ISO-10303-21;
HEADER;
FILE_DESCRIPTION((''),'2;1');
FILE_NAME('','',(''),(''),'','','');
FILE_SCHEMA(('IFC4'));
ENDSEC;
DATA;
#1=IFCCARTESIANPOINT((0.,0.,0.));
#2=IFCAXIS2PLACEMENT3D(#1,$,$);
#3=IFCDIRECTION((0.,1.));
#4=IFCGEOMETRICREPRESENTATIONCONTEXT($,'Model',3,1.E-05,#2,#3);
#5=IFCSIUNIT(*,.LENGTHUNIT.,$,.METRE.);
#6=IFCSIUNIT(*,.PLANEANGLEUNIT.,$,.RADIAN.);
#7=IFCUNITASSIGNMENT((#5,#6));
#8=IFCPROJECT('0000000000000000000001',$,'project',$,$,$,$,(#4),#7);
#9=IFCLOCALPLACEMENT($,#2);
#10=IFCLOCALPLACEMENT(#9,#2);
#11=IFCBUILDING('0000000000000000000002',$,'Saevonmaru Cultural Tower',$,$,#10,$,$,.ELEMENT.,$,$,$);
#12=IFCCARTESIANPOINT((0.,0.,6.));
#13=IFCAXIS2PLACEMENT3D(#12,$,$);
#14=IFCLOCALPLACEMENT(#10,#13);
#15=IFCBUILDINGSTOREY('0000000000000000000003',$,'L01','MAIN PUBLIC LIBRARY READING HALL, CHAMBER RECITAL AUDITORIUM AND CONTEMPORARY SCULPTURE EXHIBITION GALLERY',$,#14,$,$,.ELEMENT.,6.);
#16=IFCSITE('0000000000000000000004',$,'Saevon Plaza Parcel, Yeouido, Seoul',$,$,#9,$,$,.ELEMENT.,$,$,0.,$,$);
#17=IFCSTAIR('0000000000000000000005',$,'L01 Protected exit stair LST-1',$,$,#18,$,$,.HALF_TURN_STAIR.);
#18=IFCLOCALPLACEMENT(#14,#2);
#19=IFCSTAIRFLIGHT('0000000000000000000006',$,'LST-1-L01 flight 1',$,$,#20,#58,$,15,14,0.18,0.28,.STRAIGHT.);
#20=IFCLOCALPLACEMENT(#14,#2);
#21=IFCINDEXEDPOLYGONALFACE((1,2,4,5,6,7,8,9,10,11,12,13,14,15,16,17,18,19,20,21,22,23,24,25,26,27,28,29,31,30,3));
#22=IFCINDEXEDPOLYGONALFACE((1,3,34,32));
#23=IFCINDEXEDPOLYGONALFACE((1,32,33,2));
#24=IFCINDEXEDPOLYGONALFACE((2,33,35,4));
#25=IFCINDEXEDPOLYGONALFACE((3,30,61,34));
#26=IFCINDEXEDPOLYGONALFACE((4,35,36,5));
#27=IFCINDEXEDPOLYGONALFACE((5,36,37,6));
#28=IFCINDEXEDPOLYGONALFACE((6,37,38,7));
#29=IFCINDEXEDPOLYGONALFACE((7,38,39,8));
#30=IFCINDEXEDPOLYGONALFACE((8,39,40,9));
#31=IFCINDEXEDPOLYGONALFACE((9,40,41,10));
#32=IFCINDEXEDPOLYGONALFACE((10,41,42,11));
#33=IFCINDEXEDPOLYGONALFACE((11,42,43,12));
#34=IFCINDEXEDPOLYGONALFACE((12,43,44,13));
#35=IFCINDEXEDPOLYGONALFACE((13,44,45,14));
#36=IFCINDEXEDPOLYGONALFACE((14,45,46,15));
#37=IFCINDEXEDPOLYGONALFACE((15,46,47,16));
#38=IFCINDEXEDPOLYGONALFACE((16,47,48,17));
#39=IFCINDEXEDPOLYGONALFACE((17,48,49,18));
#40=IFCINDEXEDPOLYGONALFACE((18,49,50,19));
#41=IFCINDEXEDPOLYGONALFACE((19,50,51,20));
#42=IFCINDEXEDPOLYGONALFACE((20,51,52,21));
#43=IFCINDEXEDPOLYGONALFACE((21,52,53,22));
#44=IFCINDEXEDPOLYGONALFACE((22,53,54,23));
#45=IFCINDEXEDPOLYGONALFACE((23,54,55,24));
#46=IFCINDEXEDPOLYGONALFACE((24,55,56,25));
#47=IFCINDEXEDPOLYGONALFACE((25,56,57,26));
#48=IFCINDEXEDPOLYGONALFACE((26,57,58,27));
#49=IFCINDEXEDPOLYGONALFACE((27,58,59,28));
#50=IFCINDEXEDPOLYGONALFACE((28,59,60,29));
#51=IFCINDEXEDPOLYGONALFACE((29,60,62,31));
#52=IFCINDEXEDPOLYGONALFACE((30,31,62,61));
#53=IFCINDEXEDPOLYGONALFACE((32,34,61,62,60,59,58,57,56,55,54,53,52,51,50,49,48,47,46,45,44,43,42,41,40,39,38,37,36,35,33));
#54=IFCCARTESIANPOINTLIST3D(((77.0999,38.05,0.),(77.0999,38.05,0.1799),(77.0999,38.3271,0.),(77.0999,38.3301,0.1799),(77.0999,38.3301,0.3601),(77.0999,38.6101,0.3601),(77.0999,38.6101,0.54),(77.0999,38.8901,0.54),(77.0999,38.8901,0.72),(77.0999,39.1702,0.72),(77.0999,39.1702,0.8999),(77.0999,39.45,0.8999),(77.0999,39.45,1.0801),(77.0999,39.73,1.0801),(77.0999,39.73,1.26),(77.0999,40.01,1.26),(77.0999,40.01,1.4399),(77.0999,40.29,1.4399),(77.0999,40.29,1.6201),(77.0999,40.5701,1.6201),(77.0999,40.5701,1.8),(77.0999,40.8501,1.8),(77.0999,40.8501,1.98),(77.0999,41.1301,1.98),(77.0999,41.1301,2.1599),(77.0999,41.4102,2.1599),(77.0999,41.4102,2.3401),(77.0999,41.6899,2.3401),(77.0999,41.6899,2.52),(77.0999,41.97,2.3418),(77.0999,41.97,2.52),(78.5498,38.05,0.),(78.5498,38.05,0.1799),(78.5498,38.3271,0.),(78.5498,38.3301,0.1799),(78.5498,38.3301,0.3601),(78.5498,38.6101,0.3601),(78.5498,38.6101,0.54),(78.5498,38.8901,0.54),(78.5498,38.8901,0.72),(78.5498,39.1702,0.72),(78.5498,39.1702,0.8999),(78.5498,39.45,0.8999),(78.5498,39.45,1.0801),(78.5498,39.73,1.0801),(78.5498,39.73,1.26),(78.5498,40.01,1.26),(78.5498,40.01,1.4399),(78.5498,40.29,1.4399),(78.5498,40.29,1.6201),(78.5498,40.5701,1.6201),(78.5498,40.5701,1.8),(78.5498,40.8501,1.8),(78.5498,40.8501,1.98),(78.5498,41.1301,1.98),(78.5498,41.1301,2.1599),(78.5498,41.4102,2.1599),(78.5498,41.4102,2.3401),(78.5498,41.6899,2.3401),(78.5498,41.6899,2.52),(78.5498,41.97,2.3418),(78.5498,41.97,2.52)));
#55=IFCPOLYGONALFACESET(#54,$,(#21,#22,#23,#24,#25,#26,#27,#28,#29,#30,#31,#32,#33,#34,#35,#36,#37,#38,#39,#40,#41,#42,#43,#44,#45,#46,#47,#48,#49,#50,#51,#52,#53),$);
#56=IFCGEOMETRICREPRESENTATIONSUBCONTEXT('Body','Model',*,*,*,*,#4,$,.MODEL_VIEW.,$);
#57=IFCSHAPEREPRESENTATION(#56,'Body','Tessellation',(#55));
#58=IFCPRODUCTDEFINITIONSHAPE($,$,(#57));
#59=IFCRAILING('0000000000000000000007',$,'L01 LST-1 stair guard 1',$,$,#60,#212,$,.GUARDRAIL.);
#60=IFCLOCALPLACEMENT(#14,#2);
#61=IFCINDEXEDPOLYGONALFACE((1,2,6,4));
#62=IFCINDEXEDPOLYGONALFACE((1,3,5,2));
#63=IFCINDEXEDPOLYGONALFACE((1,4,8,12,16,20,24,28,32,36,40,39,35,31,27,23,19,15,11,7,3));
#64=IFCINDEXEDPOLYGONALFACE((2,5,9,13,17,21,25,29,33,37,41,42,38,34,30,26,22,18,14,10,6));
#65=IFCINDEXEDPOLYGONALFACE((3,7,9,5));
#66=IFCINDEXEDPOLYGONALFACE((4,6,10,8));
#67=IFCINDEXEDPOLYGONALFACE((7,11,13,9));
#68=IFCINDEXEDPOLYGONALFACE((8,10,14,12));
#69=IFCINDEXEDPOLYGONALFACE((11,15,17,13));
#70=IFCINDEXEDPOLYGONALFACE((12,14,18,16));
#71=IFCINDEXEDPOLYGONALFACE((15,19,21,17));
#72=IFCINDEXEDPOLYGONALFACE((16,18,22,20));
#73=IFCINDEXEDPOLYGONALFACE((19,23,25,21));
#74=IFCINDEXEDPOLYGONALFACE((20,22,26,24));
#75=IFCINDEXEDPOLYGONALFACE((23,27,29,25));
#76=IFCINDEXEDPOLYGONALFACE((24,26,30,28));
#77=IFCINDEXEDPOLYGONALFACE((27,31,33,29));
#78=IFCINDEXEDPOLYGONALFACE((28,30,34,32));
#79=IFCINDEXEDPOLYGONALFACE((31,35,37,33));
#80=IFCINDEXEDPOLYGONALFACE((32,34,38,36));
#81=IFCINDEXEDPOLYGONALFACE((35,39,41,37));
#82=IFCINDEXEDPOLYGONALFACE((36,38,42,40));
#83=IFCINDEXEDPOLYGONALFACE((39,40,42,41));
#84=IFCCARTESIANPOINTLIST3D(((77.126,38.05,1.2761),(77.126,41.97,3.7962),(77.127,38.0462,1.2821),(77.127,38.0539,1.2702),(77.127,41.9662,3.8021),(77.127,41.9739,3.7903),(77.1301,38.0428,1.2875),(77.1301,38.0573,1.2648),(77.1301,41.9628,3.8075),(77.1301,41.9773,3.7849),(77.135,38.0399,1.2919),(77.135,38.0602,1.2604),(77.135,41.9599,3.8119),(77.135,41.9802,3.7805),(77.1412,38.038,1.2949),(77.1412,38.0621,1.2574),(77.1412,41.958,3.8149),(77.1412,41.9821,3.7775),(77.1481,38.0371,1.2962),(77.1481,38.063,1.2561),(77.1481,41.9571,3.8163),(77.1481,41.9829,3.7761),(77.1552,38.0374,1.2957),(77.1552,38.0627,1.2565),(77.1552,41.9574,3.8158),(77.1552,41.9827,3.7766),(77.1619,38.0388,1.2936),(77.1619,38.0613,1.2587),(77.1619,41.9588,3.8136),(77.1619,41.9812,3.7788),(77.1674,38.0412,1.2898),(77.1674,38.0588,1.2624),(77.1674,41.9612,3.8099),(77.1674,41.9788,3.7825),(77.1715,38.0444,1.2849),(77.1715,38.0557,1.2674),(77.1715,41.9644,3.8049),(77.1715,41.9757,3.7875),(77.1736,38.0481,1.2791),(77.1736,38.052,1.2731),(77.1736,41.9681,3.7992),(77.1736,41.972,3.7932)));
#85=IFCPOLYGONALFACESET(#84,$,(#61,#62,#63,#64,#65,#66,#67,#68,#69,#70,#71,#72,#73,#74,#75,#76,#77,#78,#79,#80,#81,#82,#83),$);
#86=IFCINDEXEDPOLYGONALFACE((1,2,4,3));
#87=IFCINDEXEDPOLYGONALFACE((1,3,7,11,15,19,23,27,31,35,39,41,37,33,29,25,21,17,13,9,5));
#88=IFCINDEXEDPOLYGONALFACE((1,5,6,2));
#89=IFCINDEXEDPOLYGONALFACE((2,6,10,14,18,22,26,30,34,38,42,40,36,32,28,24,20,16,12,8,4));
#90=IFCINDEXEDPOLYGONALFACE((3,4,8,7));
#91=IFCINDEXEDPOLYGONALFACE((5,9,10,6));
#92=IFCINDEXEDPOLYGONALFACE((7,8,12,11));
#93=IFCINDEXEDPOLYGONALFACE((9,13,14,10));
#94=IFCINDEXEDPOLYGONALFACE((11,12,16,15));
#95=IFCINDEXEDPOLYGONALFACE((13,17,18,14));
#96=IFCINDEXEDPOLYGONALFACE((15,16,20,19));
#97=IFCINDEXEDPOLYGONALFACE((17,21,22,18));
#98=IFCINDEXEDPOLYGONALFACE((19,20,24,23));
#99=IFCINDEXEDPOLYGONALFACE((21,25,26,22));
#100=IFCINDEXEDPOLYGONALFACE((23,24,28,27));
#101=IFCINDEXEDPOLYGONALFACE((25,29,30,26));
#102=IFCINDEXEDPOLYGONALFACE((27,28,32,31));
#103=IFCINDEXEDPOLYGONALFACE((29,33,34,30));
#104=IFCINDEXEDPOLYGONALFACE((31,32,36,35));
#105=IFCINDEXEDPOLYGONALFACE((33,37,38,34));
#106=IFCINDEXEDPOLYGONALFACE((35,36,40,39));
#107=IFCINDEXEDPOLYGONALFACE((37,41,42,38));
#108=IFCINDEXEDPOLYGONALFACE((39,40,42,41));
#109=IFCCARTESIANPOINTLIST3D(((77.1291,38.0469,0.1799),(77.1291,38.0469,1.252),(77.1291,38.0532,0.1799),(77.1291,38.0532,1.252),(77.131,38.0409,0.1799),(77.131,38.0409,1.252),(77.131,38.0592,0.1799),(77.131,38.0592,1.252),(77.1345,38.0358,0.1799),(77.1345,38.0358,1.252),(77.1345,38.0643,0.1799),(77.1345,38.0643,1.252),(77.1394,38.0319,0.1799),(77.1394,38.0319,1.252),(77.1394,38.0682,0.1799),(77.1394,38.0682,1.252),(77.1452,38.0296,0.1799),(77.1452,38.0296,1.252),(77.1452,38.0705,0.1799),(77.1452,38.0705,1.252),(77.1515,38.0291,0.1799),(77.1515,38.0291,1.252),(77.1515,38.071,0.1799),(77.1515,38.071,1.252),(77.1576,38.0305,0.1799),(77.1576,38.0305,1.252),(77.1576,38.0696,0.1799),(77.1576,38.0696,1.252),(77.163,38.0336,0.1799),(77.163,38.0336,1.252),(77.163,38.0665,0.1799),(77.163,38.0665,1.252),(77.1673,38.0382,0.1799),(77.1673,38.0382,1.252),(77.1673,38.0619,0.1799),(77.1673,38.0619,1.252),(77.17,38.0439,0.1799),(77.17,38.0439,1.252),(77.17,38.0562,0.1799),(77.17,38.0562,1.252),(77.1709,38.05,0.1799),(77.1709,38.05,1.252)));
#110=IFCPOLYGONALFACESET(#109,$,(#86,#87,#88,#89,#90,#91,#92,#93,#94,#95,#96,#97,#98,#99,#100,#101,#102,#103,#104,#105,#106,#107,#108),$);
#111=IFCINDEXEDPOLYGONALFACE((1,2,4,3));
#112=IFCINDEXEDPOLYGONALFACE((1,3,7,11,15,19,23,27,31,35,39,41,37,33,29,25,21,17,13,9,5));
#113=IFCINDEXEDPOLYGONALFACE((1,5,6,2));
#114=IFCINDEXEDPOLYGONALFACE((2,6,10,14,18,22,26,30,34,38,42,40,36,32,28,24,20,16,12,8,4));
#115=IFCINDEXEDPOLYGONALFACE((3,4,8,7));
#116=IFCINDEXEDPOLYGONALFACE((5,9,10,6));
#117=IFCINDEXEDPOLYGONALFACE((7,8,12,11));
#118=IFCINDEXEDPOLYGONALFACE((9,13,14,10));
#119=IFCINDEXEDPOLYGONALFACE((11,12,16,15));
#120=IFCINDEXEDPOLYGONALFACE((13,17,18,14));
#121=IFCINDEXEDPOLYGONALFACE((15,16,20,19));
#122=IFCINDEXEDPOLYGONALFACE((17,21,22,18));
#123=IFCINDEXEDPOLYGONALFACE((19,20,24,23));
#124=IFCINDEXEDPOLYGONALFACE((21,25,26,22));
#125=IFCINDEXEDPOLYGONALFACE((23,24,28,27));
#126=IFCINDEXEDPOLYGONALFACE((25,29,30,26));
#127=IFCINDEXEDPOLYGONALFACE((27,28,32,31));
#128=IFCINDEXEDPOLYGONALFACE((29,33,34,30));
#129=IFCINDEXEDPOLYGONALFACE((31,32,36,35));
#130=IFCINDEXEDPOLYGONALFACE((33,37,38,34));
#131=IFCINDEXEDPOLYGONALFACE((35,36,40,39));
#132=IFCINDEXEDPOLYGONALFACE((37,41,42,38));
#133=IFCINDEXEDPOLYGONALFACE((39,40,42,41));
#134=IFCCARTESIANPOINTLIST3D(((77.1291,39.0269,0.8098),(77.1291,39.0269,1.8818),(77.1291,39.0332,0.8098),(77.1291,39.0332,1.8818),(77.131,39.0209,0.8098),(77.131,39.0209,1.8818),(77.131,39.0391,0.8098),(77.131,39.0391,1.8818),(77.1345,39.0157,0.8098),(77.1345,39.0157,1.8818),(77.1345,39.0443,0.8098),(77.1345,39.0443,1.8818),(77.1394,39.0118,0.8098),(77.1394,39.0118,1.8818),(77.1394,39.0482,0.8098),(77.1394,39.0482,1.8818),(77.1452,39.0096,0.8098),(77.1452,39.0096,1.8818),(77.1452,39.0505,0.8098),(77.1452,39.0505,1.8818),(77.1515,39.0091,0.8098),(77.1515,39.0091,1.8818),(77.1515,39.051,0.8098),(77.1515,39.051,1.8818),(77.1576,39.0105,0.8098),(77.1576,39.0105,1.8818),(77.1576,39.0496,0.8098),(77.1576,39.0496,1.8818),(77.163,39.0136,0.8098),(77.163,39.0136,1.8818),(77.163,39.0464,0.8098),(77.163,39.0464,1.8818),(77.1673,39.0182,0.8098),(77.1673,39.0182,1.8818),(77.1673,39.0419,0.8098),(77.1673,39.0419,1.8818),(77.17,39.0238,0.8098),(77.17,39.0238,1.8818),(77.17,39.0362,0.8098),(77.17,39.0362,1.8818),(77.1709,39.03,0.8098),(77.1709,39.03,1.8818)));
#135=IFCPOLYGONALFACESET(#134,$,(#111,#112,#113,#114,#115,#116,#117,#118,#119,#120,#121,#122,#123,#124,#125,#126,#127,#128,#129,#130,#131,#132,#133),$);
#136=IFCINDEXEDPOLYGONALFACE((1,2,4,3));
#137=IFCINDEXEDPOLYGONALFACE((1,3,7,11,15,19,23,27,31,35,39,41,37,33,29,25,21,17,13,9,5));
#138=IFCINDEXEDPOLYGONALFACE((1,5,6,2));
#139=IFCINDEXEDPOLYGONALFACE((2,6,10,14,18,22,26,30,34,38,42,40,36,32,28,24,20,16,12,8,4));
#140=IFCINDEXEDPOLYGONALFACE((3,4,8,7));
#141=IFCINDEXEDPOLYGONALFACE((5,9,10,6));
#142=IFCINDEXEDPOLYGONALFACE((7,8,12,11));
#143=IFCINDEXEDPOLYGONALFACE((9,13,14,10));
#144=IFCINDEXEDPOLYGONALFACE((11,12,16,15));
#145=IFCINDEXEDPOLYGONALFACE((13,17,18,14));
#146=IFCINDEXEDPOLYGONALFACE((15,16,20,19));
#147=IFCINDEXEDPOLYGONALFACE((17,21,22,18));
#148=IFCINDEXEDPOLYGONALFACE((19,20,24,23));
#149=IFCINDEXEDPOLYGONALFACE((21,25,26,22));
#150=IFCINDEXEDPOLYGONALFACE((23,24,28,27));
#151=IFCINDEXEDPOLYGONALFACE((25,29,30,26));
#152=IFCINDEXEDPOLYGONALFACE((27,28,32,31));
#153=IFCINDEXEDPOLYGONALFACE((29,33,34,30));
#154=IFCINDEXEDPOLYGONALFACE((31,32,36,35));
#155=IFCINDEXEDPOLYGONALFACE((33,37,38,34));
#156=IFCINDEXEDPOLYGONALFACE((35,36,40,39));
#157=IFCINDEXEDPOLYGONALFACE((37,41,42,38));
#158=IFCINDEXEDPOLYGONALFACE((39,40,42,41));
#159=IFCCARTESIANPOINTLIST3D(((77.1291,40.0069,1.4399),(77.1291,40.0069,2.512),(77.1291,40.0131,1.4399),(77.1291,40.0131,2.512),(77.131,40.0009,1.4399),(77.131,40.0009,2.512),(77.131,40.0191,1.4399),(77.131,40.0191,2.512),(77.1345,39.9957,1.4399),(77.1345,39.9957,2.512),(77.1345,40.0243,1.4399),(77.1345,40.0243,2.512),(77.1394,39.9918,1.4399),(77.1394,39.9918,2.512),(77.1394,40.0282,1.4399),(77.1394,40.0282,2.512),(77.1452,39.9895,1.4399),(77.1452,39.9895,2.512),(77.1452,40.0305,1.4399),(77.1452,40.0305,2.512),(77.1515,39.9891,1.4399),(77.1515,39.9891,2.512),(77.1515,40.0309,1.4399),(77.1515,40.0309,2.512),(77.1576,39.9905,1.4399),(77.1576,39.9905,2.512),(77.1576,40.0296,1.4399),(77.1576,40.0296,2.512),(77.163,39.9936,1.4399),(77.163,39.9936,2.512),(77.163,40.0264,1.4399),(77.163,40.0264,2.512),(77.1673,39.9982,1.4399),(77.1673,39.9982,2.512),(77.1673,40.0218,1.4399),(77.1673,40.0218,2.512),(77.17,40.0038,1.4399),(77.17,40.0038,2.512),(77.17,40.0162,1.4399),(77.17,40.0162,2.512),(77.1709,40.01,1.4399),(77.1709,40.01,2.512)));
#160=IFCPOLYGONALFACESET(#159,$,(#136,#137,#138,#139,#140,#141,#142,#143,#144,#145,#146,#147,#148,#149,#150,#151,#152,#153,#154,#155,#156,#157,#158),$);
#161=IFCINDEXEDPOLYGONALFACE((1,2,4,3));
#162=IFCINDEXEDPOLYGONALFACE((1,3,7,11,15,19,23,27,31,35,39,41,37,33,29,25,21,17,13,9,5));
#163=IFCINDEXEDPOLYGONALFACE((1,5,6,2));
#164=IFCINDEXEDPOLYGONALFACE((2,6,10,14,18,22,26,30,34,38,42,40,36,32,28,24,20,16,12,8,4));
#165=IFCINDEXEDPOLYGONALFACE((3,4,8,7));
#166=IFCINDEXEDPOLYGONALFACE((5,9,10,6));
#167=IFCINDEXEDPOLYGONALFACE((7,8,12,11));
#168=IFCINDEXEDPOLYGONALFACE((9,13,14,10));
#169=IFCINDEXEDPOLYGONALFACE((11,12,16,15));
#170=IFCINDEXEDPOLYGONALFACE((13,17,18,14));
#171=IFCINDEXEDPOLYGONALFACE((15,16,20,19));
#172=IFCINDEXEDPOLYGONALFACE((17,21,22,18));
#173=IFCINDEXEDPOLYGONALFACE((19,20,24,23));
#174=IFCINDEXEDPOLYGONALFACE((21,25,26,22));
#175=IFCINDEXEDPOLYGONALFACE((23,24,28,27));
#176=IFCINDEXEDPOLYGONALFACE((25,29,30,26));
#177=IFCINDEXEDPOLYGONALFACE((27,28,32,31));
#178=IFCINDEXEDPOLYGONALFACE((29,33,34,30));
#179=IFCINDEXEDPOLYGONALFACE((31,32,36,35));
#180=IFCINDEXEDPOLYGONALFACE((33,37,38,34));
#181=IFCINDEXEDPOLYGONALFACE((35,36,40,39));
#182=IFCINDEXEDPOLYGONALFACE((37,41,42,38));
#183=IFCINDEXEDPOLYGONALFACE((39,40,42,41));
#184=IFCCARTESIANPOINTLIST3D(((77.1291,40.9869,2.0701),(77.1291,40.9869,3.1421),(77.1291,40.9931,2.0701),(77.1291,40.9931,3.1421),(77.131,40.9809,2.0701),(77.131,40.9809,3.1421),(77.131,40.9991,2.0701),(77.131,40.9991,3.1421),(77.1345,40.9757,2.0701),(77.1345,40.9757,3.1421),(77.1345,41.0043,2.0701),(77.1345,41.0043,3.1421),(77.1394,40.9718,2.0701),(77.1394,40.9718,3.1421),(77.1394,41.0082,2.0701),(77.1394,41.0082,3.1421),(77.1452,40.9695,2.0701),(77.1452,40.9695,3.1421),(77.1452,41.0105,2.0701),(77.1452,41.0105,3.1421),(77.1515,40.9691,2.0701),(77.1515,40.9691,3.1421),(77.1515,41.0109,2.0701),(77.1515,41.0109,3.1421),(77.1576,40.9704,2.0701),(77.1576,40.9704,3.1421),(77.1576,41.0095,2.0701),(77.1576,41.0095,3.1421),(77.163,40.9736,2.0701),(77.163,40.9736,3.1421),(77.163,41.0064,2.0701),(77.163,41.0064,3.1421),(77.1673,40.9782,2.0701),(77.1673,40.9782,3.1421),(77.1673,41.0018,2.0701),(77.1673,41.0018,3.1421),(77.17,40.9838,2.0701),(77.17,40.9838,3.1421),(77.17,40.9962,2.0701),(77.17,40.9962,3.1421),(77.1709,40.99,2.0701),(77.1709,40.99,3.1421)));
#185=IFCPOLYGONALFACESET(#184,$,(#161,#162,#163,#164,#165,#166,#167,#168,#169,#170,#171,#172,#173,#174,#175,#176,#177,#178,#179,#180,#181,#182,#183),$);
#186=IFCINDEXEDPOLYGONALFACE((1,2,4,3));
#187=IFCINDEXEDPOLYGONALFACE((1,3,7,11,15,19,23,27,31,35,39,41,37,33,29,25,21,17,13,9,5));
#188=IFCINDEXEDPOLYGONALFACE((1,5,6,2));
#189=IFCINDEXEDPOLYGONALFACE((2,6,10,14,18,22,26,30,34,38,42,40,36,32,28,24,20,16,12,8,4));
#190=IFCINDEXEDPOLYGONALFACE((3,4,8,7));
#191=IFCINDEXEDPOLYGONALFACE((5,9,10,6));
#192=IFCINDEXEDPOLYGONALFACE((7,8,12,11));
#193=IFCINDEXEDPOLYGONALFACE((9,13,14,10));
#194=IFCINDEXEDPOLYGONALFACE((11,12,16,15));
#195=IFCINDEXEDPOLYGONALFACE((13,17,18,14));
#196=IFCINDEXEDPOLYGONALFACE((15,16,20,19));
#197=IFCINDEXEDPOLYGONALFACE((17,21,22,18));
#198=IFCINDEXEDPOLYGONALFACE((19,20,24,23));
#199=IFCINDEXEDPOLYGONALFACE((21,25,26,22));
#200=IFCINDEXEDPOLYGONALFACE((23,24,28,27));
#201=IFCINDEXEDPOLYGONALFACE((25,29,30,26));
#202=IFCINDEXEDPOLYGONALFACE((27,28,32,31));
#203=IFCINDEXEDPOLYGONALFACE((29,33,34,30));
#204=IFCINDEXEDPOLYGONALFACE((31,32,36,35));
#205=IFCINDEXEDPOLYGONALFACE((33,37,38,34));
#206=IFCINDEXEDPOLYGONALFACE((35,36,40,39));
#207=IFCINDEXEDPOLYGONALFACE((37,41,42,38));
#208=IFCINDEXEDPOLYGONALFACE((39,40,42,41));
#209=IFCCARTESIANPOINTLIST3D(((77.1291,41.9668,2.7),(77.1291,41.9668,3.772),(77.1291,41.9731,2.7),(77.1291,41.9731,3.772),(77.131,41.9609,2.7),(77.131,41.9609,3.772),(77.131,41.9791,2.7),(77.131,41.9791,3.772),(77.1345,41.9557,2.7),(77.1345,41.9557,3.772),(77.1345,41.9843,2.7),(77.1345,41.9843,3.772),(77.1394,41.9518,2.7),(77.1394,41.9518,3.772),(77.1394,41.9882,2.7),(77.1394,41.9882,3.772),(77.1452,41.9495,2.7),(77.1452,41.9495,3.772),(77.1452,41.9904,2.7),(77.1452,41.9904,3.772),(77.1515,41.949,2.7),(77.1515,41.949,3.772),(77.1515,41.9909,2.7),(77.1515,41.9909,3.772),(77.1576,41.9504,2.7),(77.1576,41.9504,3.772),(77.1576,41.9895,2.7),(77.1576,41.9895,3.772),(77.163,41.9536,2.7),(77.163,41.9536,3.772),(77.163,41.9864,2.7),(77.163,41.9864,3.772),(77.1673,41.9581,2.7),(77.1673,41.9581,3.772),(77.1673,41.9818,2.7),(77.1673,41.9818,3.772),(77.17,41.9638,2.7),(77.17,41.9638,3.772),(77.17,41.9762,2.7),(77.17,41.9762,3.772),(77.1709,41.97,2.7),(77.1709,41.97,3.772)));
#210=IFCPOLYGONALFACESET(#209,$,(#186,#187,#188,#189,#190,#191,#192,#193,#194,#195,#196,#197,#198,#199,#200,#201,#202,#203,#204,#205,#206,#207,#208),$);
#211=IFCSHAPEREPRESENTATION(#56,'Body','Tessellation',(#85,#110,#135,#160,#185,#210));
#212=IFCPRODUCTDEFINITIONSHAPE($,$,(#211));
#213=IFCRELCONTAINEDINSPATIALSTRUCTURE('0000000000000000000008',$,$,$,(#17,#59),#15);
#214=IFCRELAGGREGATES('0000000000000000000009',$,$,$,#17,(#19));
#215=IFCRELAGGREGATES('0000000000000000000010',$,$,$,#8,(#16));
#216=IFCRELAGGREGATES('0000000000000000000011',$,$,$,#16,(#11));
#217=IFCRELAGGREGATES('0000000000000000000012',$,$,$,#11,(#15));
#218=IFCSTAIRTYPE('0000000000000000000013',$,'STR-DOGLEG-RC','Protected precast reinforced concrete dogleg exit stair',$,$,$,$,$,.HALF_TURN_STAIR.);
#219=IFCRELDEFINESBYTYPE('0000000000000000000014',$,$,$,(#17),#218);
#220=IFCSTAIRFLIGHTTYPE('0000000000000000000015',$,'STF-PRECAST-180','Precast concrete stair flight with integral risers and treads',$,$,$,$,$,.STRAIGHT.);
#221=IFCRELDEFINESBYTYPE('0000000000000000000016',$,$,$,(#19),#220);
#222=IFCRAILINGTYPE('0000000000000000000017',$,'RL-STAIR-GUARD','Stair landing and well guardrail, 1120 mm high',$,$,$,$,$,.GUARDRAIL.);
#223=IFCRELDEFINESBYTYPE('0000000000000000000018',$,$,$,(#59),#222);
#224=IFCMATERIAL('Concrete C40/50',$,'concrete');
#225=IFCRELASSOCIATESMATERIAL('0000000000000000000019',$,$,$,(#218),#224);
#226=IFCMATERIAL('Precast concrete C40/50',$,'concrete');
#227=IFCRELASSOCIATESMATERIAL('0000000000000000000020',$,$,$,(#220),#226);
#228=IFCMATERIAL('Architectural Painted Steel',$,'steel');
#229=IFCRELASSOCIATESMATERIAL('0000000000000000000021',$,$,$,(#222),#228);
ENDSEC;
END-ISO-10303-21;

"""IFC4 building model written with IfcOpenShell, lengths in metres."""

from ifc_helpers import new_model, si_unit, direction, frame, origin, origin_2d, place, context, subcontext, project, spatial, polyline, circle, outline, extrude, material, type_object, element, aggregate, save


model = new_model("IFC4")

# Units and contexts
model_context = context("Model", 3, precision=1e-05, world=origin(), true_north=direction((0.0, 1.0)))
body_context = subcontext(model_context, "Body", "Model", "MODEL_VIEW")
ifc_project = project(units=[si_unit("LENGTHUNIT", "METRE"), si_unit("PLANEANGLEUNIT", "RADIAN")], contexts=[model_context])

# Site, building, storey
site_placement = place(None, origin())
site = spatial("IfcSite", under=ifc_project, at=site_placement, Name="Saevon Plaza Parcel, Yeouido, Seoul", CompositionType="ELEMENT", RefElevation=0.0)
building_placement = place(site_placement, origin())
building = spatial("IfcBuilding", under=site, at=building_placement, Name="Saevonmaru Cultural Tower", CompositionType="ELEMENT")
storey_placement = place(building_placement, frame((0.0, 0.0, 6.0)))
storey = spatial("IfcBuildingStorey", under=building, at=storey_placement, Name="L01", Description="MAIN PUBLIC LIBRARY READING HALL, CHAMBER RECITAL AUDITORIUM AND CONTEMPORARY SCULPTURE EXHIBITION GALLERY", CompositionType="ELEMENT", Elevation=6.0)

# Shared definitions
ifc_material_1 = material(Name="Concrete C40/50", Category="concrete")

# Stair, stair flight
stair_type = type_object("IfcStairType", Name="STR-DOGLEG-RC", Description="Protected precast reinforced concrete dogleg exit stair", PredefinedType="HALF_TURN_STAIR", material=ifc_material_1)
stair_placement = place(storey_placement, origin())
stair = element("IfcStair", 1, at=stair_placement, inside=storey, type_object=stair_type, Name="L01 Protected exit stair LST-1", PredefinedType="HALF_TURN_STAIR")
ifc_material_2 = material(Name="Precast concrete C40/50", Category="concrete")
stair_flight_type = type_object("IfcStairFlightType", Name="STF-PRECAST-180", Description="Precast concrete stair flight with integral risers and treads", PredefinedType="STRAIGHT", material=ifc_material_2)
stair_flight_placement = place(storey_placement, frame((77.825, 38.05, 0.0), z_axis=(0.0, 0.0, 1.0), x_axis=(0.0, 1.0, 0.0)))
stair_flight = element("IfcStairFlight", 2, at=stair_flight_placement, type_object=stair_flight_type, Name="LST-1-L01 flight 1", NumberOfRisers=15, NumberOfTreads=14, PredefinedType="STRAIGHT", RiserHeight=0.18, TreadLength=0.28, context=body_context, shape_type="SweptSolid", body=[
    extrude(outline(polyline([(0.0, 0.0), (0.0, 0.1799), (0.28, 0.1799), (0.28, 0.3601), (0.5601, 0.3601), (0.5601, 0.54), (0.8401, 0.54), (0.8401, 0.72), (1.1201, 0.72), (1.1201, 0.8999), (1.3999, 0.8999), (1.3999, 1.0801), (1.6799, 1.0801), (1.6799, 1.26), (1.96, 1.26), (1.96, 1.4399), (2.24, 1.4399), (2.24, 1.6201), (2.52, 1.6201), (2.52, 1.8), (2.8, 1.8), (2.8, 1.98), (3.0801, 1.98), (3.0801, 2.1599), (3.3601, 2.1599), (3.3601, 2.3401), (3.6399, 2.3401), (3.6399, 2.52), (3.9199, 2.52), (3.9199, 2.7), (3.9199, 2.3418), (0.2771, 0.0), (0.0, 0.0)])), frame((0.0, 0.7251, 0.0), z_axis=(0.0, -1.0, 0.0), x_axis=(1.0, 0.0, 0.0)), (0.0, 0.0, 1.0), 1.45),
])
aggregate(stair, [stair_flight])

# Railing
ifc_material_3 = material(Name="Architectural Painted Steel", Category="steel")
railing_type_1 = type_object("IfcRailingType", Name="RL-STAIR-GUARD", Description="Stair landing and well guardrail, 1120 mm high", PredefinedType="GUARDRAIL", material=ifc_material_3)
railing_1_placement = place(storey_placement, frame((77.1499, 38.05, 0.1799)))
element("IfcRailing", 3, at=railing_1_placement, inside=storey, type_object=railing_type_1, Name="L01 LST-1 stair guard 1", PredefinedType="GUARDRAIL", context=body_context, shape_type="SweptSolid", body=[
    extrude(circle(Radius=0.0239, at=origin_2d()), frame((0.0, 0.0, 1.0962), z_axis=(0.0, 0.841172, 0.540768), x_axis=(-1.0, 0.0, 0.0)), (0.0, 0.0, 1.0), 4.6602),
    extrude(circle(Radius=0.021, at=origin_2d()), origin(), (0.0, 0.0, 1.0), 1.072),
    extrude(circle(Radius=0.021, at=origin_2d()), frame((0.0, 0.98, 0.6299)), (0.0, 0.0, 1.0), 1.072),
    extrude(circle(Radius=0.021, at=origin_2d()), frame((0.0, 1.96, 1.26)), (0.0, 0.0, 1.0), 1.072),
    extrude(circle(Radius=0.021, at=origin_2d()), frame((0.0, 2.9399, 1.8901)), (0.0, 0.0, 1.0), 1.072),
    extrude(circle(Radius=0.021, at=origin_2d()), frame((0.0, 3.9199, 2.52)), (0.0, 0.0, 1.0), 1.072),
])

save(model, "model.ifc")
